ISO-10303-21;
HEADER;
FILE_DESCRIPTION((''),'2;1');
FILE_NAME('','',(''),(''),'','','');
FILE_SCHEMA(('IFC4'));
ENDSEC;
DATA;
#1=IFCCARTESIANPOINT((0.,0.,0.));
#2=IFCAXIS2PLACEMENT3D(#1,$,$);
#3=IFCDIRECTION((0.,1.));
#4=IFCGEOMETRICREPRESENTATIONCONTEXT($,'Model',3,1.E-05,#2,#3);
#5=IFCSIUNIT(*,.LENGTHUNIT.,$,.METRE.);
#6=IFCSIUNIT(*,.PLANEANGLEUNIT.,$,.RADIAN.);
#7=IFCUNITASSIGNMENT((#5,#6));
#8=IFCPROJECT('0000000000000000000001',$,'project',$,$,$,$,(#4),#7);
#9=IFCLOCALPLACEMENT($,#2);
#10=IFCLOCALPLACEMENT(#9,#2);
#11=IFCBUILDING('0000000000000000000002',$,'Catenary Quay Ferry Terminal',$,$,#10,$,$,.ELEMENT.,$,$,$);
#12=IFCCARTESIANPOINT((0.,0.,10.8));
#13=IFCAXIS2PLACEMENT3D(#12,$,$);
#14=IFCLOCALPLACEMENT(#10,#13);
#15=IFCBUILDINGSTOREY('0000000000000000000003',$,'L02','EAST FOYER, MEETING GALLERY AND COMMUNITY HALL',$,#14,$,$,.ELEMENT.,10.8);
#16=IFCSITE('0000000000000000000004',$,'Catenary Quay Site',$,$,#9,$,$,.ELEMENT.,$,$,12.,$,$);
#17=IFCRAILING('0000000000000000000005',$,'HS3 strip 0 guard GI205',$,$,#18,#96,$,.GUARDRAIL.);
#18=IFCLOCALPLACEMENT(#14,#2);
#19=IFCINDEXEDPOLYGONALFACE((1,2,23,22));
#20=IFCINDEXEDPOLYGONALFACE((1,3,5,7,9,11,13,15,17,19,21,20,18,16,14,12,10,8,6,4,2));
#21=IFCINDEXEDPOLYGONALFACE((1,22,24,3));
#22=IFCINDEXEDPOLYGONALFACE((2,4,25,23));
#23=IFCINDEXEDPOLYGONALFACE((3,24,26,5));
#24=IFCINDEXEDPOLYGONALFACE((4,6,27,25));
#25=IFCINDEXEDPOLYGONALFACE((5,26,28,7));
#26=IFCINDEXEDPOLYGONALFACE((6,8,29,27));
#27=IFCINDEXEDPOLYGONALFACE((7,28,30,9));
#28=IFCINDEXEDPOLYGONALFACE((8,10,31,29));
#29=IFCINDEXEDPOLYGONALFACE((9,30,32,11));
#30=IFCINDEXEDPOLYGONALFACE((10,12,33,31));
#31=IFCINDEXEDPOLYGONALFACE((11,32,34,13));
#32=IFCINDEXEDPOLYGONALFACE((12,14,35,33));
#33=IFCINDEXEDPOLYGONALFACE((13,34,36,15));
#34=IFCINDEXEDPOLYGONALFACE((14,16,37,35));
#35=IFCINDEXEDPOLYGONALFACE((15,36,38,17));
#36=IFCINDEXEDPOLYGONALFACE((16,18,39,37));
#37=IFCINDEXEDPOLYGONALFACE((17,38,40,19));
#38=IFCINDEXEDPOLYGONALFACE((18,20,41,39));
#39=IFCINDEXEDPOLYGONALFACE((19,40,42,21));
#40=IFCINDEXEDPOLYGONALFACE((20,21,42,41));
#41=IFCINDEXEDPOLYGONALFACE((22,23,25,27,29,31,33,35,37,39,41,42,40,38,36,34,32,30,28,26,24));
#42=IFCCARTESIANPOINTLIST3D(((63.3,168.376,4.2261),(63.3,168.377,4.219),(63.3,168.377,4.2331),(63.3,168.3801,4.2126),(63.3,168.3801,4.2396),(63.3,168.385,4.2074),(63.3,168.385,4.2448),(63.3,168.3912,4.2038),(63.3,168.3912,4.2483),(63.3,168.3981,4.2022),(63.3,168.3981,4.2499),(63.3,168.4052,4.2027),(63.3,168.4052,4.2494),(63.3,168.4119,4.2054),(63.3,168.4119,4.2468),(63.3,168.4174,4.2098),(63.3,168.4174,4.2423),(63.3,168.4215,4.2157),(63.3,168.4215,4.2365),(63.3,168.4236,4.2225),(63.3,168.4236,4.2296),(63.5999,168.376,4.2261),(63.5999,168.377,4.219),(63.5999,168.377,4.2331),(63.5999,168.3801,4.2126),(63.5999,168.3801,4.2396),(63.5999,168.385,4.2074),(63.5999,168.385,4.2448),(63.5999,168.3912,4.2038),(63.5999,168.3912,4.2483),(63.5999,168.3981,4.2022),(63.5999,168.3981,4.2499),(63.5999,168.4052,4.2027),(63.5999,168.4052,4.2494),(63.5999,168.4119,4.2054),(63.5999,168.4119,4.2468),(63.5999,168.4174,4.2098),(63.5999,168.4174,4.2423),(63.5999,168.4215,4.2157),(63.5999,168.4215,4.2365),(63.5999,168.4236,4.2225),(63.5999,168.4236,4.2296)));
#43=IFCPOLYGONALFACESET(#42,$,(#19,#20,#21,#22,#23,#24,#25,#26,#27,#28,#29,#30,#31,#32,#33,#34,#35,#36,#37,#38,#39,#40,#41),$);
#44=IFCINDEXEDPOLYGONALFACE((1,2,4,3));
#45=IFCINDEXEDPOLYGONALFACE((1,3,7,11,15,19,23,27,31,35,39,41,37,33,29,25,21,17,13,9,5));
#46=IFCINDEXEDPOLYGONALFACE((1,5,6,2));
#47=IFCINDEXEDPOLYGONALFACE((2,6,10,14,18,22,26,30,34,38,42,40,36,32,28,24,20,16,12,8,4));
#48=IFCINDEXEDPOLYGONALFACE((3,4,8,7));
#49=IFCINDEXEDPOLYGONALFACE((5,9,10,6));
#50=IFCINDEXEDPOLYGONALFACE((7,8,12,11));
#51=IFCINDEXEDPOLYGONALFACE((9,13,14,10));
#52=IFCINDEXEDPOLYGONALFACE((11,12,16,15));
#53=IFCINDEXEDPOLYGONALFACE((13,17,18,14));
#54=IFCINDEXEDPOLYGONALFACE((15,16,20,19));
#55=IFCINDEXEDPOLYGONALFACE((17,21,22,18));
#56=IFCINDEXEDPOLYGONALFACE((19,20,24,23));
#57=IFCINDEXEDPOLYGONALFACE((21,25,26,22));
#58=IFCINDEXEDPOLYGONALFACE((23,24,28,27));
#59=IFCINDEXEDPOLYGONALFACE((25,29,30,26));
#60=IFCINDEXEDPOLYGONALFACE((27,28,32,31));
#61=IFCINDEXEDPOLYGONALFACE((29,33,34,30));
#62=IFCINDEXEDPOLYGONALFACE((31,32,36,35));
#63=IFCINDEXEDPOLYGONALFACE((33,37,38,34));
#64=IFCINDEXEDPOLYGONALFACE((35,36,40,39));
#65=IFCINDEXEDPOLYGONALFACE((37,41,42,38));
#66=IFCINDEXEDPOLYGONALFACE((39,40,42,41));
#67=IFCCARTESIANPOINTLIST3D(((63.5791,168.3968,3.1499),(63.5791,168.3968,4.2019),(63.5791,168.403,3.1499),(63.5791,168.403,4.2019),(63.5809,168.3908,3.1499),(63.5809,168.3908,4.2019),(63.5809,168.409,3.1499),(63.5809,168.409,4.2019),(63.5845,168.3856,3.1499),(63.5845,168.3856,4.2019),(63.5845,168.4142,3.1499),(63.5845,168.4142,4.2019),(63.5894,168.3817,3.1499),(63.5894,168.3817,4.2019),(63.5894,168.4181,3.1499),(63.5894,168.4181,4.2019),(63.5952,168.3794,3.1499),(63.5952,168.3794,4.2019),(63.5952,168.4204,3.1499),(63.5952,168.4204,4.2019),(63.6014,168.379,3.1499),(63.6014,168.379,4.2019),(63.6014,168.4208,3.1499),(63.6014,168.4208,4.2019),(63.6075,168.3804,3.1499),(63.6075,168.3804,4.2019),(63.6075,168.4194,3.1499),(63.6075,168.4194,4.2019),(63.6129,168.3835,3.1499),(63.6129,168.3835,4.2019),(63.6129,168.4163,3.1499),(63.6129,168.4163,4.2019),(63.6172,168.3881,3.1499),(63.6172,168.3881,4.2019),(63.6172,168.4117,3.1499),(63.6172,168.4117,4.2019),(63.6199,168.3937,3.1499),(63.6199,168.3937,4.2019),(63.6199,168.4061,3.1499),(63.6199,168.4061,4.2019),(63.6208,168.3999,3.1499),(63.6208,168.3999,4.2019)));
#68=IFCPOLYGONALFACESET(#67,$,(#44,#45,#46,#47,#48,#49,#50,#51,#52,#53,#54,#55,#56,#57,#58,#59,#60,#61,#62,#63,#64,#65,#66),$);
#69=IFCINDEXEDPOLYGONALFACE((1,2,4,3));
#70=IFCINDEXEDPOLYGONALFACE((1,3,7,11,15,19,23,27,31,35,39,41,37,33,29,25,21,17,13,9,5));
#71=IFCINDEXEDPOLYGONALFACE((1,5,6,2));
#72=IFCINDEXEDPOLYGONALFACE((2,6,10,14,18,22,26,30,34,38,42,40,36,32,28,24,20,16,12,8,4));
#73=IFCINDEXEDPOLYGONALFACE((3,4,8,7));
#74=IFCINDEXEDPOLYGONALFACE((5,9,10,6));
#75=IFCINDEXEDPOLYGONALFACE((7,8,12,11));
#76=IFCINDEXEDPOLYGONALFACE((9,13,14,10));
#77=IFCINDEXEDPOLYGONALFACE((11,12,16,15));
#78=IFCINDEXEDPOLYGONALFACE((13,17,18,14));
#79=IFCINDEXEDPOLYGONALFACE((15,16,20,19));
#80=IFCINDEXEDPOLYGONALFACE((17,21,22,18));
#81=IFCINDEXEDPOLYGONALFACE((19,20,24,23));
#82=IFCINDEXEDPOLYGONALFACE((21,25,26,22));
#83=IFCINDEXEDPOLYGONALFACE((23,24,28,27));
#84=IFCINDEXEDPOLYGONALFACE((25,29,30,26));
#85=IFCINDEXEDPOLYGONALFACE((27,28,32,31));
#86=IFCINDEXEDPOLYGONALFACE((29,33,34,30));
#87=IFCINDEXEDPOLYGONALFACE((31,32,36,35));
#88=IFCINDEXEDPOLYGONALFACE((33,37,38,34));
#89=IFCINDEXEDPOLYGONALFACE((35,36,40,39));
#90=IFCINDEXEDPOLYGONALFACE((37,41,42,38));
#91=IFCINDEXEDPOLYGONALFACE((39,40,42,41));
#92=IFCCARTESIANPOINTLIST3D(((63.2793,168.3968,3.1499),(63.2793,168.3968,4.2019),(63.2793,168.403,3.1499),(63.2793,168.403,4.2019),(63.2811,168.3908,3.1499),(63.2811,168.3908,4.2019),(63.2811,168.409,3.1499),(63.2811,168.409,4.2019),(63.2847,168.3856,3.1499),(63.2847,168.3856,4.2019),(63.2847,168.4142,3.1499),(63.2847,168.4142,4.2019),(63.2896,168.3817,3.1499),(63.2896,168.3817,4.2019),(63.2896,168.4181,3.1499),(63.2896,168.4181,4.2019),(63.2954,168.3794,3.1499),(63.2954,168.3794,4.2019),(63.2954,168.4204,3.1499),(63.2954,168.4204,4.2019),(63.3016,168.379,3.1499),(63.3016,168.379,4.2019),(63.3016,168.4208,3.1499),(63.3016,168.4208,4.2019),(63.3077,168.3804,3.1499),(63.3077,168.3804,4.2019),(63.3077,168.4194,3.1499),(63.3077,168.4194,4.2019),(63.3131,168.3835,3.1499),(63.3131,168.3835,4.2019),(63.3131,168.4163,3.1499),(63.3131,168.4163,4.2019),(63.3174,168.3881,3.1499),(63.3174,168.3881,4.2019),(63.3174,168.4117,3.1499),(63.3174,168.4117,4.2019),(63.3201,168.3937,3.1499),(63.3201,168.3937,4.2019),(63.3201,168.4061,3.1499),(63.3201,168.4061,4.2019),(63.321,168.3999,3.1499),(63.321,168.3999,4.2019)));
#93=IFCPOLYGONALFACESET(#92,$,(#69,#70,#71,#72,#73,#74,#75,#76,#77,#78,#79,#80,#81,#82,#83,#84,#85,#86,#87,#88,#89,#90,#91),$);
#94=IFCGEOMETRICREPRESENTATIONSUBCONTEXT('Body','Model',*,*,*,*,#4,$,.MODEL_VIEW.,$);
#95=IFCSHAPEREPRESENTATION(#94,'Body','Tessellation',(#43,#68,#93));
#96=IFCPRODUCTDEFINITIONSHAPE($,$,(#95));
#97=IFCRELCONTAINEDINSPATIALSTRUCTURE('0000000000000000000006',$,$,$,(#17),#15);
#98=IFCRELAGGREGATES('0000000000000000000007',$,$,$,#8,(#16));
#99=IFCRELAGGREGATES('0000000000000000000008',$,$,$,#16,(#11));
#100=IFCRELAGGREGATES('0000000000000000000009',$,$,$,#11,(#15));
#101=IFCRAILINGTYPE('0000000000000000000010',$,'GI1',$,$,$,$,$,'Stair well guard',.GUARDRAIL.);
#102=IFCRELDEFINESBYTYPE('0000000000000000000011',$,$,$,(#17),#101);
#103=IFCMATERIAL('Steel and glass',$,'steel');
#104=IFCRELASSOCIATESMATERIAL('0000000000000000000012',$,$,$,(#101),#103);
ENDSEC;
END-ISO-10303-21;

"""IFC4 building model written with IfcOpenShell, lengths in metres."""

from ifc_helpers import new_model, si_unit, direction, frame, origin, origin_2d, place, context, subcontext, project, spatial, circle, extrude, material, type_object, element, save


model = new_model("IFC4")

# Units and contexts
model_context = context("Model", 3, precision=1e-05, world=origin(), true_north=direction((0.0, 1.0)))
body_context = subcontext(model_context, "Body", "Model", "MODEL_VIEW")
ifc_project = project(units=[si_unit("LENGTHUNIT", "METRE"), si_unit("PLANEANGLEUNIT", "RADIAN")], contexts=[model_context])

# Site, building, storey
site_placement = place(None, origin())
site = spatial("IfcSite", under=ifc_project, at=site_placement, Name="Catenary Quay Site", CompositionType="ELEMENT", RefElevation=12.0)
building_placement = place(site_placement, origin())
building = spatial("IfcBuilding", under=site, at=building_placement, Name="Catenary Quay Ferry Terminal", CompositionType="ELEMENT")
storey_placement = place(building_placement, frame((0.0, 0.0, 10.8)))
storey = spatial("IfcBuildingStorey", under=building, at=storey_placement, Name="L02", Description="EAST FOYER, MEETING GALLERY AND COMMUNITY HALL", CompositionType="ELEMENT", Elevation=10.8)

# Railing
ifc_material_1 = material(Name="Steel and glass", Category="steel")
railing_type_1 = type_object("IfcRailingType", Name="GI1", ElementType="Stair well guard", PredefinedType="GUARDRAIL", material=ifc_material_1)
railing_1_placement = place(storey_placement, frame((63.5999, 168.3999, 3.1499)))
element("IfcRailing", 1, at=railing_1_placement, inside=storey, type_object=railing_type_1, Name="HS3 strip 0 guard GI205", PredefinedType="GUARDRAIL", context=body_context, shape_type="SweptSolid", body=[
    extrude(circle(Radius=0.0239, at=origin_2d()), frame((0.0, 0.0, 1.0762), z_axis=(-1.0, 0.0, 0.0), x_axis=(0.0, -1.0, 0.0)), (0.0, 0.0, 1.0), 0.2998),
    extrude(circle(Radius=0.021, at=origin_2d()), origin(), (0.0, 0.0, 1.0), 1.052),
    extrude(circle(Radius=0.021, at=origin_2d()), frame((-0.2998, 0.0, 0.0)), (0.0, 0.0, 1.0), 1.052),
])

save(model, "model.ifc")
